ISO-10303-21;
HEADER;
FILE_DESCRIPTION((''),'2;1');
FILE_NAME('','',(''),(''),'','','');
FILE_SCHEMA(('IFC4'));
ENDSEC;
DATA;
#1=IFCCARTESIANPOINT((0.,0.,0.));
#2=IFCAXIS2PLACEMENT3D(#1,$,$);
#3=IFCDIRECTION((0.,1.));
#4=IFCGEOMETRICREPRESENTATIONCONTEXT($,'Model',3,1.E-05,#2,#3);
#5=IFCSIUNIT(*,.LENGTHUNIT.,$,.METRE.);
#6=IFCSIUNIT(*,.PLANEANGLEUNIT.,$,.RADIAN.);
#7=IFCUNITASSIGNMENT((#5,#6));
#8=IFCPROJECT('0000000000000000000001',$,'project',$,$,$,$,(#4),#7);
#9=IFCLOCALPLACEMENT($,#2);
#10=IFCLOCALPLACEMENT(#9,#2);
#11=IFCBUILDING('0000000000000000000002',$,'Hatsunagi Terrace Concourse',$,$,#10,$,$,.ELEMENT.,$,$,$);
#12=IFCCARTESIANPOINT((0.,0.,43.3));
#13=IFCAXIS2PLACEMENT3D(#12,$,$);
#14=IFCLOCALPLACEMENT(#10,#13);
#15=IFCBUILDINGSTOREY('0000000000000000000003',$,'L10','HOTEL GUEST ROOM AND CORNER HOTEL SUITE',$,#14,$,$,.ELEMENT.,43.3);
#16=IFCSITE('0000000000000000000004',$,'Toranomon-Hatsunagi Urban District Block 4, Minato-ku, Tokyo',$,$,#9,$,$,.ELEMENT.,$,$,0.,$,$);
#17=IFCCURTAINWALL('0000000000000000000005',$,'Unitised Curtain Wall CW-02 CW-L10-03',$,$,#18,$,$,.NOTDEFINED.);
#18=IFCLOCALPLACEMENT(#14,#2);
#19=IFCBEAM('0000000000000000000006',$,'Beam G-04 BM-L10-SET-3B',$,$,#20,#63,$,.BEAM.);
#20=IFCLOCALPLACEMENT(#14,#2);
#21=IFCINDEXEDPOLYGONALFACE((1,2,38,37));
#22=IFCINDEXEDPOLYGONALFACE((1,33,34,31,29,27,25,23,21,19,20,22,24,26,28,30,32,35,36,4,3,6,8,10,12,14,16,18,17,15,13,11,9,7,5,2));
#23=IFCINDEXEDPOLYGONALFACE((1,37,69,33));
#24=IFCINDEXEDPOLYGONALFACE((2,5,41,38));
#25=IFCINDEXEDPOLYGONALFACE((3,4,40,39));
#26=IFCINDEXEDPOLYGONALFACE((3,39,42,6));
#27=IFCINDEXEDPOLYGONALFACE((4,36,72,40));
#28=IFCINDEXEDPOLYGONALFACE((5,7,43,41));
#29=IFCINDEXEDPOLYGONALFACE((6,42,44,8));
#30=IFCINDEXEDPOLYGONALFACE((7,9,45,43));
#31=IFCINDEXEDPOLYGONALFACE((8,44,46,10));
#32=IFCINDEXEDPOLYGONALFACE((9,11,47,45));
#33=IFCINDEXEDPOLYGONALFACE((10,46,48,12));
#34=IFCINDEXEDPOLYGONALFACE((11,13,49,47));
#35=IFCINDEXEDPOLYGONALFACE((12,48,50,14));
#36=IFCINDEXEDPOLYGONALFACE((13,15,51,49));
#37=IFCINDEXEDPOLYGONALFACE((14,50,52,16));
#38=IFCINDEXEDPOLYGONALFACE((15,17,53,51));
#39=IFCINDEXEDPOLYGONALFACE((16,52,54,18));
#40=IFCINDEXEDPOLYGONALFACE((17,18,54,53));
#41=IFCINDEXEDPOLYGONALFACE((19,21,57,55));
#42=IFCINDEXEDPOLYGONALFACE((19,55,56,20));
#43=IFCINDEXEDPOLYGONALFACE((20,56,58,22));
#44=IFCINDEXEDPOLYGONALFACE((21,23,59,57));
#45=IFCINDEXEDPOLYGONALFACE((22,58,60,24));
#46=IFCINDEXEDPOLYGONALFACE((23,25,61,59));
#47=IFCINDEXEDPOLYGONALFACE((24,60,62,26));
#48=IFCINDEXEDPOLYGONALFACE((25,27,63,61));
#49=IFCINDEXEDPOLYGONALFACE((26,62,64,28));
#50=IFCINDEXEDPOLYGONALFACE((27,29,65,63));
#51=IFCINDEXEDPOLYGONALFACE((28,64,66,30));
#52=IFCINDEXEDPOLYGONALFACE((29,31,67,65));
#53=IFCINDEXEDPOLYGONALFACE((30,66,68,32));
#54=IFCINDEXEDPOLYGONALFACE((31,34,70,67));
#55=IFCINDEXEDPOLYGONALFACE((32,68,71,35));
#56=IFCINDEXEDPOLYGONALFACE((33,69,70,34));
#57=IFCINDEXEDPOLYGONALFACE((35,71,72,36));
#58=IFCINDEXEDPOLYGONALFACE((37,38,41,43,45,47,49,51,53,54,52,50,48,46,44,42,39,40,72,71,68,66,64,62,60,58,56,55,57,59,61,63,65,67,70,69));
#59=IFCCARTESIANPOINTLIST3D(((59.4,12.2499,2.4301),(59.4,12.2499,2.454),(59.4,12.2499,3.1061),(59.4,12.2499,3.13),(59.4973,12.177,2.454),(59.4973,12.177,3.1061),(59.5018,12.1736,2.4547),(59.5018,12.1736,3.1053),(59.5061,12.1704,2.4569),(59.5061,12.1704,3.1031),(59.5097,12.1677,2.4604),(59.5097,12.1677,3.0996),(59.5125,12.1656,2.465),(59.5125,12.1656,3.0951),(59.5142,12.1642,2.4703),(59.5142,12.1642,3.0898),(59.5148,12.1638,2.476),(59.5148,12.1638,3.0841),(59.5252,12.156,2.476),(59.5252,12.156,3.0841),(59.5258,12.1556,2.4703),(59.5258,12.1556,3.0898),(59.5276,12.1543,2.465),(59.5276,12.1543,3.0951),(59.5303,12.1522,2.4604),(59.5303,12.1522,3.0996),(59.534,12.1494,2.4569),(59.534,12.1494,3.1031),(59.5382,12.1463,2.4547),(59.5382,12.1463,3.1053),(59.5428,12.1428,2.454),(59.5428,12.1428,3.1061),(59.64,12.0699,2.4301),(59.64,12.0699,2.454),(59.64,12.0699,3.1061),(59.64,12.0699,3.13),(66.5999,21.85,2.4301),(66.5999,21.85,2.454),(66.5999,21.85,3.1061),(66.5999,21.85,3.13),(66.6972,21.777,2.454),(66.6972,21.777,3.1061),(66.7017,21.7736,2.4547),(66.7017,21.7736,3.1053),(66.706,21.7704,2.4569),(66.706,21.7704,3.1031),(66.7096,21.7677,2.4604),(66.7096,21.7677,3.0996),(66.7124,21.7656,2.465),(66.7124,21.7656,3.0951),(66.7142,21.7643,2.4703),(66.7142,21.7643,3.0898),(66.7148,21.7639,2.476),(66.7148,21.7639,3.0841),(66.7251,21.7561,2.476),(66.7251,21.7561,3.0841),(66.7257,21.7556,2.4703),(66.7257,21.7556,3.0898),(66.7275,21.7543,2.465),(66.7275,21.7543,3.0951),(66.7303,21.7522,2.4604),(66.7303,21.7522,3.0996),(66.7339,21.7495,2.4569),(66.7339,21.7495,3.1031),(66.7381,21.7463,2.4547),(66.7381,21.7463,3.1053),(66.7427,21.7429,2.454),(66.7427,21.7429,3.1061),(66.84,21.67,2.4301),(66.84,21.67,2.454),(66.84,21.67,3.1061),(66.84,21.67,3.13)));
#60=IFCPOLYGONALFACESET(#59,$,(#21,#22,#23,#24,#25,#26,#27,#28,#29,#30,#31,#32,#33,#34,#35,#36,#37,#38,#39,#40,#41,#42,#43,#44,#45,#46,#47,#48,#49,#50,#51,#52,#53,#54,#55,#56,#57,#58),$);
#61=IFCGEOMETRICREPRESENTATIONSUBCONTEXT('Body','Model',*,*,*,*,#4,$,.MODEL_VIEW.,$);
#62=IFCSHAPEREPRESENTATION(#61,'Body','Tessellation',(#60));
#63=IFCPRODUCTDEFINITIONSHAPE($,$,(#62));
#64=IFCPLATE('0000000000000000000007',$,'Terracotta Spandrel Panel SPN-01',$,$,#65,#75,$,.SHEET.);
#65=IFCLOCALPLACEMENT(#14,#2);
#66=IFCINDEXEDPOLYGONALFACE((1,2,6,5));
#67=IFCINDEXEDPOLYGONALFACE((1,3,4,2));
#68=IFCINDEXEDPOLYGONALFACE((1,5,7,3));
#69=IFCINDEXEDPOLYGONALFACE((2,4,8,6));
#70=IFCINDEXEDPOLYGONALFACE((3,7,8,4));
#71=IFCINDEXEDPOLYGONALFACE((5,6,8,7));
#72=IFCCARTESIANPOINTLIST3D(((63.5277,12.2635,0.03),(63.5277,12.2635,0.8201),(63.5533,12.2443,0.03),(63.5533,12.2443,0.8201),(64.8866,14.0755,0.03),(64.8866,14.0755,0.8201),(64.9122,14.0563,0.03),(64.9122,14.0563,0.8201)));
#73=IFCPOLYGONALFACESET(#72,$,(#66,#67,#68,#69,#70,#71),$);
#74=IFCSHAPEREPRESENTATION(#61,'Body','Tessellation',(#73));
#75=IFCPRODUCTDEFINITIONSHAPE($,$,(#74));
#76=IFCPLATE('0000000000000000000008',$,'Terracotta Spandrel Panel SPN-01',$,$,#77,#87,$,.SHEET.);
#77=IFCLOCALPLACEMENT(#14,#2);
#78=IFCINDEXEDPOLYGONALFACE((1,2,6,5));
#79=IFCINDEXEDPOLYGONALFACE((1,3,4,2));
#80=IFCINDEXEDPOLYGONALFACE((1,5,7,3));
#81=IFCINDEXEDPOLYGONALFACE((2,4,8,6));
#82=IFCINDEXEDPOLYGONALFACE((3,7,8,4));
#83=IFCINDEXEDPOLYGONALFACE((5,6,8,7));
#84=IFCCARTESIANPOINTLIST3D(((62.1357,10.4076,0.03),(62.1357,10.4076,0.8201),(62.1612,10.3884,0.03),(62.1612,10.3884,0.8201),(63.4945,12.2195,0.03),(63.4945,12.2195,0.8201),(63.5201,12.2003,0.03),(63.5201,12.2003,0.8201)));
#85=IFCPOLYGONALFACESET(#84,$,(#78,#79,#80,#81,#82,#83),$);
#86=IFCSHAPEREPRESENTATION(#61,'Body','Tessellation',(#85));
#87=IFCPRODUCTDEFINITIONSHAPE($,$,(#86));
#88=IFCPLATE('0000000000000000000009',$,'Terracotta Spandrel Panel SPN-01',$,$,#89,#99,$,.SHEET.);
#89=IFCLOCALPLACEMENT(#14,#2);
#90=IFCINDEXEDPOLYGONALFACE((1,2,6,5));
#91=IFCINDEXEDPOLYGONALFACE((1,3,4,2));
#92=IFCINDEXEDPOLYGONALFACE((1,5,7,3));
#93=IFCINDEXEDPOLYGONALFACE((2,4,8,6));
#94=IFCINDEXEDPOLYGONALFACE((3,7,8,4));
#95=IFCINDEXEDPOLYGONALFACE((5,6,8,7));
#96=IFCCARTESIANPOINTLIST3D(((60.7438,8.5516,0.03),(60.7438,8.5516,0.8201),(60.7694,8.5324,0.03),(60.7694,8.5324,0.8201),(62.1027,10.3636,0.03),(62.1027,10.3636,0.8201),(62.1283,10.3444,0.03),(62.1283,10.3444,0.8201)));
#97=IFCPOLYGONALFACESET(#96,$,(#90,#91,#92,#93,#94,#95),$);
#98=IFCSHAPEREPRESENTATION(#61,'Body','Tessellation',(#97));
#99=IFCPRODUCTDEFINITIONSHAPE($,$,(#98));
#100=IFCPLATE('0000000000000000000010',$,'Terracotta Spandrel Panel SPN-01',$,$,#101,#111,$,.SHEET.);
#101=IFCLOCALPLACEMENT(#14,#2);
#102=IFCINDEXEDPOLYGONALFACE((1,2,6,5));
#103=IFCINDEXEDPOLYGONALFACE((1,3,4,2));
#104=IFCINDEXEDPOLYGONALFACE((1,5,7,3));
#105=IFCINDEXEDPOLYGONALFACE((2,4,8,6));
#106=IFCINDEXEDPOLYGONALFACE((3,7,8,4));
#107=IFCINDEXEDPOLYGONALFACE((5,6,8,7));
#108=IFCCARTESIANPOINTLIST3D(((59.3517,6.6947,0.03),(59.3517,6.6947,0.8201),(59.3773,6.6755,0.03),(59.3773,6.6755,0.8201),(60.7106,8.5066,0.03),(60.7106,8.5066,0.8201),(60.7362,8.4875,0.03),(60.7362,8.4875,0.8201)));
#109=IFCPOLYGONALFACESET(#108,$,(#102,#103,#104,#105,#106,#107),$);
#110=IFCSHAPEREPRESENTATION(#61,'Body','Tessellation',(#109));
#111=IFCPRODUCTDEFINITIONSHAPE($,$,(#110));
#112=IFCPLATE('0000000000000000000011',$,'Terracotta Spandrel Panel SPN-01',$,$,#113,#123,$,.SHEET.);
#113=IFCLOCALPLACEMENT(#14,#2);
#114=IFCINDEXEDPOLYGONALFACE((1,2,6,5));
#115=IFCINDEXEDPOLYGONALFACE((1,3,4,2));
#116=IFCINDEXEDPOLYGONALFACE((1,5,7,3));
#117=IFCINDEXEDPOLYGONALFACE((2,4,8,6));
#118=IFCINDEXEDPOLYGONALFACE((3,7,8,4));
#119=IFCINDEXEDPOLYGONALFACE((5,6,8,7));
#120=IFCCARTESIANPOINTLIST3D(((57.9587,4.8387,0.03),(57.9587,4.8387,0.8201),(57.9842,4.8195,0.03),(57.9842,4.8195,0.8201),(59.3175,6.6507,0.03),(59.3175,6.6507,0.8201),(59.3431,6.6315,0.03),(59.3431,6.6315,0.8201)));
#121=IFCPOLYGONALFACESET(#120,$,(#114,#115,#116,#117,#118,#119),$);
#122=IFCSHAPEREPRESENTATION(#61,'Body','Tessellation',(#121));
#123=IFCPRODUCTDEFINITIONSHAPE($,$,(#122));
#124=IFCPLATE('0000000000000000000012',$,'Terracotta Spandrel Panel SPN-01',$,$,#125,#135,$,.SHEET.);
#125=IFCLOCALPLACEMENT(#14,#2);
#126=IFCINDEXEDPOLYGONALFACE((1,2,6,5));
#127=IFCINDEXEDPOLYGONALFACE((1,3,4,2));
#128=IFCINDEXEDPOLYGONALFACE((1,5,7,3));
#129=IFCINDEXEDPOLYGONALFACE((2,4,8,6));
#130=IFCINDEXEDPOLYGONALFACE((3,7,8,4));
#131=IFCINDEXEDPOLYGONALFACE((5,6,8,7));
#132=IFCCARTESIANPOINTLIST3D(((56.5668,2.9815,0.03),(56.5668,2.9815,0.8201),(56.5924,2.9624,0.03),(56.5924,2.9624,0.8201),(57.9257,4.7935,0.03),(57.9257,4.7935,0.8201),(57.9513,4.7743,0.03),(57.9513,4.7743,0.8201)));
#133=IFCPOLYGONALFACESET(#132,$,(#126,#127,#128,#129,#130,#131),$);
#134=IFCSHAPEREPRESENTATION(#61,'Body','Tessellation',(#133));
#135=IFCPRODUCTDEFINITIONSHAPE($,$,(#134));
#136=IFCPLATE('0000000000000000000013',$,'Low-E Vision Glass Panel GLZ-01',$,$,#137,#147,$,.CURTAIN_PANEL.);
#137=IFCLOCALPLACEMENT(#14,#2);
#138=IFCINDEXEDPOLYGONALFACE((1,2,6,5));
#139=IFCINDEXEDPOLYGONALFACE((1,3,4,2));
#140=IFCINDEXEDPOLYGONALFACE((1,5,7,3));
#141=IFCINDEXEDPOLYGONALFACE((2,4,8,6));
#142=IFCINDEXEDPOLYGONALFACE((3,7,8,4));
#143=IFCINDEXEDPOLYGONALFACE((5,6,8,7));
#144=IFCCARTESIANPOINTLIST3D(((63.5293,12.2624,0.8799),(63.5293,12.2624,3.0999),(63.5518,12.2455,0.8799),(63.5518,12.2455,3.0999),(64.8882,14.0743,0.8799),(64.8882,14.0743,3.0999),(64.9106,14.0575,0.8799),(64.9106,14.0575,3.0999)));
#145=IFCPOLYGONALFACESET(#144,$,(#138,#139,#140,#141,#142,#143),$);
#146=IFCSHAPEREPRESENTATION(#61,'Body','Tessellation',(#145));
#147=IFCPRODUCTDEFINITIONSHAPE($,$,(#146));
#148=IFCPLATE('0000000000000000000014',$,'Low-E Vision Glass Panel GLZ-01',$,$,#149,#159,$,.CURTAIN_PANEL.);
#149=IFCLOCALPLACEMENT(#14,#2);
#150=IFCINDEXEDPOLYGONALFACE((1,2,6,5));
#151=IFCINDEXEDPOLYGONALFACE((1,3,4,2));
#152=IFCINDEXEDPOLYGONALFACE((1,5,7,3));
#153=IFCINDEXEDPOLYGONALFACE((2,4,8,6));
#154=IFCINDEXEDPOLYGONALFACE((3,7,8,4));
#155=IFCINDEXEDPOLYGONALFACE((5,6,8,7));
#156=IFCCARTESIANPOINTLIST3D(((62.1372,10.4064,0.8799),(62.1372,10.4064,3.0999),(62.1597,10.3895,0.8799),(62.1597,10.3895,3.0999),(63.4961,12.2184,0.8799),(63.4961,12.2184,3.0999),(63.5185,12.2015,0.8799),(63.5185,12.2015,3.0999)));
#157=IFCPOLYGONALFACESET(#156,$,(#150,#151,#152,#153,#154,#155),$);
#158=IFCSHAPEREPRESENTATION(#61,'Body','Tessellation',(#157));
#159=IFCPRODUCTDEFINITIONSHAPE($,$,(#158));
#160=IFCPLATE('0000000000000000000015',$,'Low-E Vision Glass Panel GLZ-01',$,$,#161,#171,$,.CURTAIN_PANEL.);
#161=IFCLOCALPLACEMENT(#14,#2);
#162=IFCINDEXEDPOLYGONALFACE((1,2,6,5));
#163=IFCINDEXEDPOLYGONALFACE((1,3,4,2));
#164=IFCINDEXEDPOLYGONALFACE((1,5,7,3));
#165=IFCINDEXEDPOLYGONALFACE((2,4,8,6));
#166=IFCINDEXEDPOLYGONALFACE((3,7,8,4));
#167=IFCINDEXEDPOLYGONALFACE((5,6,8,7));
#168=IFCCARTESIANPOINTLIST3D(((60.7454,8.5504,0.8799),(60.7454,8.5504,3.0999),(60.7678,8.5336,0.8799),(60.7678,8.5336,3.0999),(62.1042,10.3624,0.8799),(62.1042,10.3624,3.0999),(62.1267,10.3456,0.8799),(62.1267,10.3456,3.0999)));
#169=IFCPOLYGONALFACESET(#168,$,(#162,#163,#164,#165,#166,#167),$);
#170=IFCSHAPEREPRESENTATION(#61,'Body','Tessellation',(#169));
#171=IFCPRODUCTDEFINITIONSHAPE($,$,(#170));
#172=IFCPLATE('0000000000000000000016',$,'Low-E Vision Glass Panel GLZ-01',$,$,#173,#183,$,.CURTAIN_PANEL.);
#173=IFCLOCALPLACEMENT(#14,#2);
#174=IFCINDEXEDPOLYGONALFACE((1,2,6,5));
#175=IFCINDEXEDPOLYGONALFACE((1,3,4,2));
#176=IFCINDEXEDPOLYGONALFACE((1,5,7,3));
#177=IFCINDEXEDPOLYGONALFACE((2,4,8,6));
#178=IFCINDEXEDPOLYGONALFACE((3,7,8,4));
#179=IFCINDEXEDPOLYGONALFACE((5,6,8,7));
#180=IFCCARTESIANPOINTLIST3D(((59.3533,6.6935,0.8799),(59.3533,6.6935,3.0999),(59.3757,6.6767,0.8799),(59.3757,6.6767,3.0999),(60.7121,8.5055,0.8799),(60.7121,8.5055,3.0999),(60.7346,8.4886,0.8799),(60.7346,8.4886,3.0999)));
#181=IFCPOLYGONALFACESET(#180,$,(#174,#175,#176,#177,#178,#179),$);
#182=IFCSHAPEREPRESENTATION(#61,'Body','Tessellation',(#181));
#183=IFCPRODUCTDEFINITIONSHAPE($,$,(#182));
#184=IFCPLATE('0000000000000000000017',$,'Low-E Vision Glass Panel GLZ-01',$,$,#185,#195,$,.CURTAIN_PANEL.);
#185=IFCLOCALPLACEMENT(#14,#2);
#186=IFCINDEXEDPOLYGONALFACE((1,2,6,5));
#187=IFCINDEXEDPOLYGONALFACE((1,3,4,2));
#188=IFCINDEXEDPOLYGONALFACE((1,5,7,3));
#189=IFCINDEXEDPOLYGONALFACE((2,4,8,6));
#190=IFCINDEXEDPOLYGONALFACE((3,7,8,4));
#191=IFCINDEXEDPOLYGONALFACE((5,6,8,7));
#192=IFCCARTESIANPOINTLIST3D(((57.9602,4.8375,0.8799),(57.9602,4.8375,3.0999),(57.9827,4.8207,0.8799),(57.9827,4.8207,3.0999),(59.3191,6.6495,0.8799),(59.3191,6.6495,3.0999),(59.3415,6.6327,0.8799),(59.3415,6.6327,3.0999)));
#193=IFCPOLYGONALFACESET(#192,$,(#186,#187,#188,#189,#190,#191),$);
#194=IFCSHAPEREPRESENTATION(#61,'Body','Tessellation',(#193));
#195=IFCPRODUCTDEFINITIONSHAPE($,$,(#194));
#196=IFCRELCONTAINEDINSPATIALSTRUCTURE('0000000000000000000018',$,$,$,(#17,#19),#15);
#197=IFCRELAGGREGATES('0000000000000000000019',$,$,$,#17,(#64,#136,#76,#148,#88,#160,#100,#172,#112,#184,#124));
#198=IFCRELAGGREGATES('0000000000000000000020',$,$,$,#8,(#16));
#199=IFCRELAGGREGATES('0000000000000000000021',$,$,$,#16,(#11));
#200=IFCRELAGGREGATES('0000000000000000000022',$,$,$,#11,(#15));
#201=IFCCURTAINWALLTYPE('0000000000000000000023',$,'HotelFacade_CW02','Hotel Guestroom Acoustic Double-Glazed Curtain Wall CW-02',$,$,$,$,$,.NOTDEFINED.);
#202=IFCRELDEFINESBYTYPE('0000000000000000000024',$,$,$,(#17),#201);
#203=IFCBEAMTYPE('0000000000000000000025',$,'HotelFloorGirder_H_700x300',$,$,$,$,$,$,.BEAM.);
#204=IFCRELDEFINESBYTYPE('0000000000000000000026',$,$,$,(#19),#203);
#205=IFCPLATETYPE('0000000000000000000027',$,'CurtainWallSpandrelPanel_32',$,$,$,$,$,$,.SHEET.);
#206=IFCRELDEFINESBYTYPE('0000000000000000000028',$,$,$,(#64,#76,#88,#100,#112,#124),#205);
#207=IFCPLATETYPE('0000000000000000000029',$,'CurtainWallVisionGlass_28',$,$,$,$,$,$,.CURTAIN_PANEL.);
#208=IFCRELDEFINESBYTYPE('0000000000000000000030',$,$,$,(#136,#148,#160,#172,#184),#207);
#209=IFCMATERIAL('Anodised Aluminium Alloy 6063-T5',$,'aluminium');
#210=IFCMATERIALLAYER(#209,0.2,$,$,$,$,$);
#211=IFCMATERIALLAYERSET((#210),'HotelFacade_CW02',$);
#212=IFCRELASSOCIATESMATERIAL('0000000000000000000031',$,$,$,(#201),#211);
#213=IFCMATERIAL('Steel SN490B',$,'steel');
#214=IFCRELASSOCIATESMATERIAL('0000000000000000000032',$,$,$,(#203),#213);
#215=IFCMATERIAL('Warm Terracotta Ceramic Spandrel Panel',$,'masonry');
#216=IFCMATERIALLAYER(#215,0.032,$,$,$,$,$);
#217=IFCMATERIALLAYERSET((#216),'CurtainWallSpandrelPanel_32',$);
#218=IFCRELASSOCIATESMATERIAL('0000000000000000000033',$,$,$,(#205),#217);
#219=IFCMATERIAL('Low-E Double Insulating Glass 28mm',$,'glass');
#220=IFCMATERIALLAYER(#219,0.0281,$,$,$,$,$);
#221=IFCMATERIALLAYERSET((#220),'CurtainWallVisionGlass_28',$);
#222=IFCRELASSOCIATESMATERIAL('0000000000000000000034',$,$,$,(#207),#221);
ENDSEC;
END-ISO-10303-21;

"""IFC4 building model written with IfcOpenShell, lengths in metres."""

from ifc_helpers import new_model, si_unit, direction, frame, origin, origin_2d, place, context, subcontext, project, spatial, rectangle, i_section, extrude, material, layer, layer_set, material_profile, profile_set, type_object, element, aggregate, save


model = new_model("IFC4")

# Units and contexts
model_context = context("Model", 3, precision=1e-05, world=origin(), true_north=direction((0.0, 1.0)))
body_context = subcontext(model_context, "Body", "Model", "MODEL_VIEW")
ifc_project = project(units=[si_unit("LENGTHUNIT", "METRE"), si_unit("PLANEANGLEUNIT", "RADIAN")], contexts=[model_context])

# Site, building, storey
site_placement = place(None, origin())
site = spatial("IfcSite", under=ifc_project, at=site_placement, Name="Toranomon-Hatsunagi Urban District Block 4, Minato-ku, Tokyo", CompositionType="ELEMENT", RefElevation=0.0)
building_placement = place(site_placement, origin())
building = spatial("IfcBuilding", under=site, at=building_placement, Name="Hatsunagi Terrace Concourse", CompositionType="ELEMENT")
storey_placement = place(building_placement, frame((0.0, 0.0, 43.3)))
storey = spatial("IfcBuildingStorey", under=building, at=storey_placement, Name="L10", Description="HOTEL GUEST ROOM AND CORNER HOTEL SUITE", CompositionType="ELEMENT", Elevation=43.3)

# Curtain wall
ifc_material_1 = material(Name="Anodised Aluminium Alloy 6063-T5", Category="aluminium")
ifc_layer_1 = layer(ifc_material_1, 0.2)
ifc_layer_set_1 = layer_set([ifc_layer_1], Name="HotelFacade_CW02")
curtain_wall_type = type_object("IfcCurtainWallType", Name="HotelFacade_CW02", Description="Hotel Guestroom Acoustic Double-Glazed Curtain Wall CW-02", PredefinedType="NOTDEFINED", material=ifc_layer_set_1)
curtain_wall_placement = place(storey_placement, origin())
curtain_wall = element("IfcCurtainWall", 1, at=curtain_wall_placement, inside=storey, type_object=curtain_wall_type, Name="Unitised Curtain Wall CW-02 CW-L10-03", PredefinedType="NOTDEFINED")

# Beam
ifc_material_2 = material(Name="Steel SN490B", Category="steel")
ifc_material_profile_1 = material_profile(ifc_material_2, i_section(OverallWidth=0.3, OverallDepth=0.7, WebThickness=0.0129, FlangeThickness=0.0239, FilletRadius=0.022, at=origin_2d()), Name="H-700x300x13x24")
ifc_profile_set_1 = profile_set([ifc_material_profile_1], Name="Steel SN490B")
beam_type = type_object("IfcBeamType", Name="HotelFloorGirder_H_700x300", PredefinedType="BEAM", material=ifc_profile_set_1)
beam_1_placement = place(storey_placement, frame((59.52, 12.1599, 2.78), z_axis=(0.599993, 0.800005, 0.0), x_axis=(-0.800005, 0.599993, 0.0)))
element("IfcBeam", 2, at=beam_1_placement, inside=storey, type_object=beam_type, Name="Beam G-04 BM-L10-SET-3B", PredefinedType="BEAM", context=body_context, shape_type="SweptSolid", body=[
    extrude(i_section(OverallWidth=0.3, OverallDepth=0.7, WebThickness=0.0129, FlangeThickness=0.0239, FilletRadius=0.022, at=origin_2d()), origin(), (0.0, 0.0, 1.0), 12.0),
])

# Plates
ifc_material_3 = material(Name="Warm Terracotta Ceramic Spandrel Panel", Category="masonry")
ifc_layer_2 = layer(ifc_material_3, 0.032)
ifc_layer_set_2 = layer_set([ifc_layer_2], Name="CurtainWallSpandrelPanel_32")
plate_type_1 = type_object("IfcPlateType", Name="CurtainWallSpandrelPanel_32", PredefinedType="SHEET", material=ifc_layer_set_2)
plate_1_placement = place(storey_placement, frame((64.22, 13.1599, 0.03), z_axis=(0.0, 0.0, 1.0), x_axis=(-0.599969, -0.800023, 0.0)))
plate_1 = element("IfcPlate", 3, at=plate_1_placement, type_object=plate_type_1, Name="Terracotta Spandrel Panel SPN-01", PredefinedType="SHEET", context=body_context, shape_type="SweptSolid", body=[
    extrude(rectangle(XDim=2.2649, YDim=0.032, at=origin_2d()), origin(), (0.0, 0.0, 1.0), 0.79),
])
plate_2_placement = place(storey_placement, frame((62.8279, 11.304, 0.03), z_axis=(0.0, 0.0, 1.0), x_axis=(-0.599969, -0.800023, 0.0)))
plate_2 = element("IfcPlate", 4, at=plate_2_placement, type_object=plate_type_1, Name="Terracotta Spandrel Panel SPN-01", PredefinedType="SHEET", context=body_context, shape_type="SweptSolid", body=[
    extrude(rectangle(XDim=2.2649, YDim=0.032, at=origin_2d()), origin(), (0.0, 0.0, 1.0), 0.79),
])
plate_3_placement = place(storey_placement, frame((61.436, 9.448, 0.03), z_axis=(0.0, 0.0, 1.0), x_axis=(-0.599969, -0.800023, 0.0)))
plate_3 = element("IfcPlate", 5, at=plate_3_placement, type_object=plate_type_1, Name="Terracotta Spandrel Panel SPN-01", PredefinedType="SHEET", context=body_context, shape_type="SweptSolid", body=[
    extrude(rectangle(XDim=2.2649, YDim=0.032, at=origin_2d()), origin(), (0.0, 0.0, 1.0), 0.79),
])
plate_4_placement = place(storey_placement, frame((60.0439, 7.5911, 0.03), z_axis=(0.0, 0.0, 1.0), x_axis=(-0.599969, -0.800023, 0.0)))
plate_4 = element("IfcPlate", 6, at=plate_4_placement, type_object=plate_type_1, Name="Terracotta Spandrel Panel SPN-01", PredefinedType="SHEET", context=body_context, shape_type="SweptSolid", body=[
    extrude(rectangle(XDim=2.2649, YDim=0.032, at=origin_2d()), origin(), (0.0, 0.0, 1.0), 0.79),
])
plate_5_placement = place(storey_placement, frame((58.6509, 5.7351, 0.03), z_axis=(0.0, 0.0, 1.0), x_axis=(-0.599969, -0.800023, 0.0)))
plate_5 = element("IfcPlate", 7, at=plate_5_placement, type_object=plate_type_1, Name="Terracotta Spandrel Panel SPN-01", PredefinedType="SHEET", context=body_context, shape_type="SweptSolid", body=[
    extrude(rectangle(XDim=2.2649, YDim=0.032, at=origin_2d()), origin(), (0.0, 0.0, 1.0), 0.79),
])
plate_6_placement = place(storey_placement, frame((57.259, 3.8779, 0.03), z_axis=(0.0, 0.0, 1.0), x_axis=(-0.599969, -0.800023, 0.0)))
plate_6 = element("IfcPlate", 8, at=plate_6_placement, type_object=plate_type_1, Name="Terracotta Spandrel Panel SPN-01", PredefinedType="SHEET", context=body_context, shape_type="SweptSolid", body=[
    extrude(rectangle(XDim=2.2649, YDim=0.032, at=origin_2d()), origin(), (0.0, 0.0, 1.0), 0.79),
])
ifc_material_4 = material(Name="Low-E Double Insulating Glass 28mm", Category="glass")
ifc_layer_3 = layer(ifc_material_4, 0.0281)
ifc_layer_set_3 = layer_set([ifc_layer_3], Name="CurtainWallVisionGlass_28")
plate_type_2 = type_object("IfcPlateType", Name="CurtainWallVisionGlass_28", PredefinedType="CURTAIN_PANEL", material=ifc_layer_set_3)
plate_7_placement = place(storey_placement, frame((64.22, 13.1599, 0.8799), z_axis=(0.0, 0.0, 1.0), x_axis=(-0.599969, -0.800023, 0.0)))
plate_7 = element("IfcPlate", 9, at=plate_7_placement, type_object=plate_type_2, Name="Low-E Vision Glass Panel GLZ-01", PredefinedType="CURTAIN_PANEL", context=body_context, shape_type="SweptSolid", body=[
    extrude(rectangle(XDim=2.2649, YDim=0.0281, at=origin_2d()), origin(), (0.0, 0.0, 1.0), 2.22),
])
plate_8_placement = place(storey_placement, frame((62.8279, 11.304, 0.8799), z_axis=(0.0, 0.0, 1.0), x_axis=(-0.599969, -0.800023, 0.0)))
plate_8 = element("IfcPlate", 10, at=plate_8_placement, type_object=plate_type_2, Name="Low-E Vision Glass Panel GLZ-01", PredefinedType="CURTAIN_PANEL", context=body_context, shape_type="SweptSolid", body=[
    extrude(rectangle(XDim=2.2649, YDim=0.0281, at=origin_2d()), origin(), (0.0, 0.0, 1.0), 2.22),
])
plate_9_placement = place(storey_placement, frame((61.436, 9.448, 0.8799), z_axis=(0.0, 0.0, 1.0), x_axis=(-0.599969, -0.800023, 0.0)))
plate_9 = element("IfcPlate", 11, at=plate_9_placement, type_object=plate_type_2, Name="Low-E Vision Glass Panel GLZ-01", PredefinedType="CURTAIN_PANEL", context=body_context, shape_type="SweptSolid", body=[
    extrude(rectangle(XDim=2.2649, YDim=0.0281, at=origin_2d()), origin(), (0.0, 0.0, 1.0), 2.22),
])
plate_10_placement = place(storey_placement, frame((60.0439, 7.5911, 0.8799), z_axis=(0.0, 0.0, 1.0), x_axis=(-0.599969, -0.800023, 0.0)))
plate_10 = element("IfcPlate", 12, at=plate_10_placement, type_object=plate_type_2, Name="Low-E Vision Glass Panel GLZ-01", PredefinedType="CURTAIN_PANEL", context=body_context, shape_type="SweptSolid", body=[
    extrude(rectangle(XDim=2.2649, YDim=0.0281, at=origin_2d()), origin(), (0.0, 0.0, 1.0), 2.22),
])
plate_11_placement = place(storey_placement, frame((58.6509, 5.7351, 0.8799), z_axis=(0.0, 0.0, 1.0), x_axis=(-0.599969, -0.800023, 0.0)))
plate_11 = element("IfcPlate", 13, at=plate_11_placement, type_object=plate_type_2, Name="Low-E Vision Glass Panel GLZ-01", PredefinedType="CURTAIN_PANEL", context=body_context, shape_type="SweptSolid", body=[
    extrude(rectangle(XDim=2.2649, YDim=0.0281, at=origin_2d()), origin(), (0.0, 0.0, 1.0), 2.22),
])
aggregate(curtain_wall, [plate_1, plate_7, plate_2, plate_8, plate_3, plate_9, plate_4, plate_10, plate_5, plate_11, plate_6])

save(model, "model.ifc")
